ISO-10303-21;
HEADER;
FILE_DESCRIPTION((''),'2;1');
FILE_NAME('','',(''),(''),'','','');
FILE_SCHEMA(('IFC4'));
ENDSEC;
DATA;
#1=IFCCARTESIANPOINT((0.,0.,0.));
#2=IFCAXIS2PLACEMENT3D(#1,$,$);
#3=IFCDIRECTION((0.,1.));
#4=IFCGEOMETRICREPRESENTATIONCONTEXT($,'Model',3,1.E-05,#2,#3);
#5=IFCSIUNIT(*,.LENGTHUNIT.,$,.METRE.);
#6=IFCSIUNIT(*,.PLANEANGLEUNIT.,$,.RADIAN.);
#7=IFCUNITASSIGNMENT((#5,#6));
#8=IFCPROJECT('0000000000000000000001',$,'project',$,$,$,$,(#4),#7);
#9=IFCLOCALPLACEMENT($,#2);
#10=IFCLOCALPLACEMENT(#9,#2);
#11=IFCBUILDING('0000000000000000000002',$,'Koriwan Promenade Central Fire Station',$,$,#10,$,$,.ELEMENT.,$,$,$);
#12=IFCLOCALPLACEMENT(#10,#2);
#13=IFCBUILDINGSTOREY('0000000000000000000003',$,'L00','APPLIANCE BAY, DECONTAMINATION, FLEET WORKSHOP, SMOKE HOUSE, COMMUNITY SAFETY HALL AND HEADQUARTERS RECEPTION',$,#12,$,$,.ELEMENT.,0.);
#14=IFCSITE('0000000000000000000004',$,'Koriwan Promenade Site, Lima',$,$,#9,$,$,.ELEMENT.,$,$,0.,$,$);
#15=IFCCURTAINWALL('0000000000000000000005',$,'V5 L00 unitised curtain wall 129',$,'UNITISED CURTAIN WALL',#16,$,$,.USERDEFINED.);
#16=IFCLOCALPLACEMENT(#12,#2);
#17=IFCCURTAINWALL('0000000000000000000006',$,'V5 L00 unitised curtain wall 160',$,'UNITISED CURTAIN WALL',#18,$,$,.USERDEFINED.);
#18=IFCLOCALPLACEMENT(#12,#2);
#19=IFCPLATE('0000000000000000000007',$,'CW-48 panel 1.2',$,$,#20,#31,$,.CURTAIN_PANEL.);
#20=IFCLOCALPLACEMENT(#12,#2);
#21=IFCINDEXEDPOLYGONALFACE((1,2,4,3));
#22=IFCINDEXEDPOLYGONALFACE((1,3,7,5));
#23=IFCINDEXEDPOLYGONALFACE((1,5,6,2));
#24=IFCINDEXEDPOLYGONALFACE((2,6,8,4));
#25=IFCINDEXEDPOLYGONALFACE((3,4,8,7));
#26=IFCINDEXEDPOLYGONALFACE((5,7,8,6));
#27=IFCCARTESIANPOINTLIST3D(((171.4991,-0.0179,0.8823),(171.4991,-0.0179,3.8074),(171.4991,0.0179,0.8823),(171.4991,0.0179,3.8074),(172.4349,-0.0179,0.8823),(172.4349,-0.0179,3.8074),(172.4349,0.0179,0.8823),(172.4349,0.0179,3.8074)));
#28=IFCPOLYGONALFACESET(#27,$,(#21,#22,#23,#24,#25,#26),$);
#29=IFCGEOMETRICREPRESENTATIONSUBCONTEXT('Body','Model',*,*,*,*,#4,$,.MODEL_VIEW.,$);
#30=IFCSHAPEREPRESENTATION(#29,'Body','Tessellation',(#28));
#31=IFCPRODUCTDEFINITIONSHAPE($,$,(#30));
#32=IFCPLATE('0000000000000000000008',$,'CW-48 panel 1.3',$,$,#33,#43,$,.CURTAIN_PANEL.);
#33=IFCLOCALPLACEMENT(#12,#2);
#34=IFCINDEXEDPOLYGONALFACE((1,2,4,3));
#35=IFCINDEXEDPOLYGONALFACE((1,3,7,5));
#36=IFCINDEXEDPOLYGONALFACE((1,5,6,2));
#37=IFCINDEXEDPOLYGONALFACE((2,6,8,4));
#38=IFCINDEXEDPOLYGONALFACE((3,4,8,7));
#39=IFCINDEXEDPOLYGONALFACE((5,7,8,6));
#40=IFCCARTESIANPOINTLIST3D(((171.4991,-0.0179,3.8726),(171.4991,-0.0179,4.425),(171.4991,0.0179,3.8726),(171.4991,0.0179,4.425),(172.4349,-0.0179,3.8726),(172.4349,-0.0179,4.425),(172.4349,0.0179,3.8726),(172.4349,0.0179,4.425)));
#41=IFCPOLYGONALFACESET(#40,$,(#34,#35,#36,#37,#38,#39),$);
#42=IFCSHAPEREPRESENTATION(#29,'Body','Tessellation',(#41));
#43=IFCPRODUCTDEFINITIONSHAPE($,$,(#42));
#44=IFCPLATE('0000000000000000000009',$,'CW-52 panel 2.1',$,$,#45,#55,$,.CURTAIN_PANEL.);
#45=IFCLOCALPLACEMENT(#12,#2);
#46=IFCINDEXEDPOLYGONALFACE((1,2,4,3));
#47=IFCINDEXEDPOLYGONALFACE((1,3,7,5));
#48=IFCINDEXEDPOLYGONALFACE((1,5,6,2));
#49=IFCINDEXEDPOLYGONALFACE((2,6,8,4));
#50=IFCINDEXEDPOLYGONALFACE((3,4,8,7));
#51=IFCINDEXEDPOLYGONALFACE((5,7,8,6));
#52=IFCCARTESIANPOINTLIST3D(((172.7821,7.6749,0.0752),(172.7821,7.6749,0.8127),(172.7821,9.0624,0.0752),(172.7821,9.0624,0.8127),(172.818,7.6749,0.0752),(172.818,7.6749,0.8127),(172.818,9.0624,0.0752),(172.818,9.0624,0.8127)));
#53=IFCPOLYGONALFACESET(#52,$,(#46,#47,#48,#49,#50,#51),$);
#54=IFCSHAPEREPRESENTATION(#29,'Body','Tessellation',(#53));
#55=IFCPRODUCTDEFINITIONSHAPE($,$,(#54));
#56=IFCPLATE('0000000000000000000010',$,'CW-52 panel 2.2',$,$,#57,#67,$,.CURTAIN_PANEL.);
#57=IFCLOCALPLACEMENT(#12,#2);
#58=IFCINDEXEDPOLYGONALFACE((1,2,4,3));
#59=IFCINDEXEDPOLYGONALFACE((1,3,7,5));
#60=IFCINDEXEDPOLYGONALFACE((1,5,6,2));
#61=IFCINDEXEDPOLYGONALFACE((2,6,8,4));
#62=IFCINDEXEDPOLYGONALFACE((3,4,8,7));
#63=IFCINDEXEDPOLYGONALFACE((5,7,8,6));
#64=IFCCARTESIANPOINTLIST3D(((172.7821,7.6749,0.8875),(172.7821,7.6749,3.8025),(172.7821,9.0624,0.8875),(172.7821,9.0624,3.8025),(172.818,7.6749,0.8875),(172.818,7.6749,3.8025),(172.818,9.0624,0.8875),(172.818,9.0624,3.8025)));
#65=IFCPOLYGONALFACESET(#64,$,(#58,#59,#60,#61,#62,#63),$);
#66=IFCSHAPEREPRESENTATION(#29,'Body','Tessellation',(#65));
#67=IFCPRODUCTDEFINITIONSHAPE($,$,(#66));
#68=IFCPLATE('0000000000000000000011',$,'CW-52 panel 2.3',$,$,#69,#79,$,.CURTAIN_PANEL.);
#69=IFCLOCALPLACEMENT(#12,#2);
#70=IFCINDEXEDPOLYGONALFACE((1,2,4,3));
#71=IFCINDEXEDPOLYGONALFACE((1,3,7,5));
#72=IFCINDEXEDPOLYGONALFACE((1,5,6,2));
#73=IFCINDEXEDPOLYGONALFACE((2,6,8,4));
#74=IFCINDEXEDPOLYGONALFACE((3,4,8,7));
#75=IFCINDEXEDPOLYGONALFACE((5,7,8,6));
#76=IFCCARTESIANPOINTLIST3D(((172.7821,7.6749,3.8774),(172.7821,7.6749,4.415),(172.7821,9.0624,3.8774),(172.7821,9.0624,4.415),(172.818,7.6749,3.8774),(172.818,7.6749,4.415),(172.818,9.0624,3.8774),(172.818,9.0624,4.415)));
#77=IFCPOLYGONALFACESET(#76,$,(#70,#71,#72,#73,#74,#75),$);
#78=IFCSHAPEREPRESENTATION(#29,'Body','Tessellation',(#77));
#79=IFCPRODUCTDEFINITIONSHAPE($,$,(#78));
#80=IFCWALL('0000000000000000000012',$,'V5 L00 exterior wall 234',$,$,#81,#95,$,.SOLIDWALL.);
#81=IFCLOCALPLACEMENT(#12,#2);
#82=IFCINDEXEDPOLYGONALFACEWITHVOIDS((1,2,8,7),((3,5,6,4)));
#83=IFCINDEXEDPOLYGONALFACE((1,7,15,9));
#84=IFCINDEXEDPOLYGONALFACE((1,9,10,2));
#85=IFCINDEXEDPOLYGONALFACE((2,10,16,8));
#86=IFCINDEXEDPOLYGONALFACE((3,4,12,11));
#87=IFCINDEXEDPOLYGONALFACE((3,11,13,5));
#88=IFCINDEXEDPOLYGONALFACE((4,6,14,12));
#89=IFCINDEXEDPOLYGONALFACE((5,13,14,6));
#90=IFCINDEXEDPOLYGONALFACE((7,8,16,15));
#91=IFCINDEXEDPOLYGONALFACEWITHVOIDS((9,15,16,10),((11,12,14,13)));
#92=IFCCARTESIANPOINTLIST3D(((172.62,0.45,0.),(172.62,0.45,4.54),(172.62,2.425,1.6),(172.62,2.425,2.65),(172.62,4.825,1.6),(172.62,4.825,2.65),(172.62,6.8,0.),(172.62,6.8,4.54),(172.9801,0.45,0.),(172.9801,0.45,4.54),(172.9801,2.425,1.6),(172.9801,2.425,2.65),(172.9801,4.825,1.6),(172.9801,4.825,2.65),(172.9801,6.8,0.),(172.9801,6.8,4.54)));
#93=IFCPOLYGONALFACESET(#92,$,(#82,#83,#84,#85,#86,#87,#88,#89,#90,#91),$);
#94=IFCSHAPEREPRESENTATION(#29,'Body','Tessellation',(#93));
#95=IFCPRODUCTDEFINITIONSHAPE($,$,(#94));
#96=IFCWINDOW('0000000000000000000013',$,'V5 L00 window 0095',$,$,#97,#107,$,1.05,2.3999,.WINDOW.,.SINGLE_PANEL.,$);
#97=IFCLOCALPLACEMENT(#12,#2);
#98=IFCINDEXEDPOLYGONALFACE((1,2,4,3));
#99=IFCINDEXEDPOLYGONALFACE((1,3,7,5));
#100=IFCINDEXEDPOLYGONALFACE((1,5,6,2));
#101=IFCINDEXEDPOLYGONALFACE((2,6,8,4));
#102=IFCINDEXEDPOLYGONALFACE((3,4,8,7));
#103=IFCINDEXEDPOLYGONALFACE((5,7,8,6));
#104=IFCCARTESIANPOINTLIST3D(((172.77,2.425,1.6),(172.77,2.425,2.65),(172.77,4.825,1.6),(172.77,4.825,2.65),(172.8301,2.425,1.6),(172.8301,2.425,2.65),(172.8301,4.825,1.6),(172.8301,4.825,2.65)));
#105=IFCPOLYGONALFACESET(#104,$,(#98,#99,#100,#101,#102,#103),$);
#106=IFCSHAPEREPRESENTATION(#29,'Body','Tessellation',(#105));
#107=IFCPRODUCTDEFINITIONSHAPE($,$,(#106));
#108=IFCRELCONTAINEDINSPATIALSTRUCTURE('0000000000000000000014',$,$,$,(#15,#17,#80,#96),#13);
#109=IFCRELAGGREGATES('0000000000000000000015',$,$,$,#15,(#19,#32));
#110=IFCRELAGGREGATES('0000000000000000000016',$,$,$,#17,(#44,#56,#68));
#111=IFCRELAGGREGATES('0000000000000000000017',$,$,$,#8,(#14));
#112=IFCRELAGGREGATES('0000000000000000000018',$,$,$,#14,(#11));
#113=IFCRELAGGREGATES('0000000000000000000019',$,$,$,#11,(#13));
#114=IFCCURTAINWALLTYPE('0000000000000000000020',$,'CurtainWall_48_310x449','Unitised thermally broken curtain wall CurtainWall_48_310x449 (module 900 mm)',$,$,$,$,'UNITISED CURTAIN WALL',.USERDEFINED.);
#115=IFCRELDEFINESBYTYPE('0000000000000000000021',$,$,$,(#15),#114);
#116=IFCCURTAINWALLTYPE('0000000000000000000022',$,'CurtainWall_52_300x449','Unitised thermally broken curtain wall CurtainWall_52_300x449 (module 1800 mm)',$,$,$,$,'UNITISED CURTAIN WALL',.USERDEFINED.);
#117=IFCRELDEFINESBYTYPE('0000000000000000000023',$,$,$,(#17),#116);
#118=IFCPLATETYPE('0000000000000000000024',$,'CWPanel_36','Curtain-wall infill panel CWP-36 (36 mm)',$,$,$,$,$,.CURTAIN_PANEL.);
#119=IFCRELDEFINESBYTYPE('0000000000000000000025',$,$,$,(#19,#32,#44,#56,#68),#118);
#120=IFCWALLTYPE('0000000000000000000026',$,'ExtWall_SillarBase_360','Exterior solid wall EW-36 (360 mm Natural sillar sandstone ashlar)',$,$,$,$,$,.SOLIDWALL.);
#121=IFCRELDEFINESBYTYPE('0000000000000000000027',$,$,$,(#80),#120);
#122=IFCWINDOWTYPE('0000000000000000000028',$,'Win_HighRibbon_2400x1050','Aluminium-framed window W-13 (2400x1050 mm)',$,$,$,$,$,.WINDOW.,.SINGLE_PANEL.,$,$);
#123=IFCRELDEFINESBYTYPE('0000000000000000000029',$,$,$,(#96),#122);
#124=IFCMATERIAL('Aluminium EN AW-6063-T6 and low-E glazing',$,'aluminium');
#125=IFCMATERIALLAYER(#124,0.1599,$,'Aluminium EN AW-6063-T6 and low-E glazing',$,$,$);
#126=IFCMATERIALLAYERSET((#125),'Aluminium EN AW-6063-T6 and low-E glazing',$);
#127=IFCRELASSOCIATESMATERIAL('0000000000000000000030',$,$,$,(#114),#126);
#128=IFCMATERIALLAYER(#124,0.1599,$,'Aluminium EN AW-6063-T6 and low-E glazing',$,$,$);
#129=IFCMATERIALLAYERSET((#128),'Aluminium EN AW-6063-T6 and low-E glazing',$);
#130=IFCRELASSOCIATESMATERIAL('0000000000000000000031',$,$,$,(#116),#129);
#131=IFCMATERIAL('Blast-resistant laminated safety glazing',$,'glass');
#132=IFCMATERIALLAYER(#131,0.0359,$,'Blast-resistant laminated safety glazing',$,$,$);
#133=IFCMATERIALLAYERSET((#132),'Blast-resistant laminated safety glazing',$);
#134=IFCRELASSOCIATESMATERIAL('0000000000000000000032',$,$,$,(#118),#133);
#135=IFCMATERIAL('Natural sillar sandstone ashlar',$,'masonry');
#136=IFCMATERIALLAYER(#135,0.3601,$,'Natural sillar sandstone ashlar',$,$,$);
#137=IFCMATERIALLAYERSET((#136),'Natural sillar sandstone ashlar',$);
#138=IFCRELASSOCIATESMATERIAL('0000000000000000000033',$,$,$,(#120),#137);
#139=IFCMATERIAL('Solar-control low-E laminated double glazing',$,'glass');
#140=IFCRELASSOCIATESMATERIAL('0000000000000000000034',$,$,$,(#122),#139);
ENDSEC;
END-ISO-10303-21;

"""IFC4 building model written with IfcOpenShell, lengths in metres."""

from ifc_helpers import new_model, si_unit, direction, frame, frame_2d, origin, origin_2d, place, context, subcontext, project, spatial, rectangle, extrude, material, layer, layer_set, type_object, element, fill, aggregate, save


model = new_model("IFC4")

# Units and contexts
model_context = context("Model", 3, precision=1e-05, world=origin(), true_north=direction((0.0, 1.0)))
body_context = subcontext(model_context, "Body", "Model", "MODEL_VIEW")
ifc_project = project(units=[si_unit("LENGTHUNIT", "METRE"), si_unit("PLANEANGLEUNIT", "RADIAN")], contexts=[model_context])

# Site, building, storey
site_placement = place(None, origin())
site = spatial("IfcSite", under=ifc_project, at=site_placement, Name="Koriwan Promenade Site, Lima", CompositionType="ELEMENT", RefElevation=0.0)
building_placement = place(site_placement, origin())
building = spatial("IfcBuilding", under=site, at=building_placement, Name="Koriwan Promenade Central Fire Station", CompositionType="ELEMENT")
storey_placement = place(building_placement, origin())
storey = spatial("IfcBuildingStorey", under=building, at=storey_placement, Name="L00", Description="APPLIANCE BAY, DECONTAMINATION, FLEET WORKSHOP, SMOKE HOUSE, COMMUNITY SAFETY HALL AND HEADQUARTERS RECEPTION", CompositionType="ELEMENT", Elevation=0.0)

# Curtain wall
ifc_material_1 = material(Name="Aluminium EN AW-6063-T6 and low-E glazing", Category="aluminium")
ifc_layer_1 = layer(ifc_material_1, 0.1599, Name="Aluminium EN AW-6063-T6 and low-E glazing")
ifc_layer_set_1 = layer_set([ifc_layer_1], Name="Aluminium EN AW-6063-T6 and low-E glazing")
curtain_wall_type_1 = type_object("IfcCurtainWallType", Name="CurtainWall_48_310x449", Description="Unitised thermally broken curtain wall CurtainWall_48_310x449 (module 900 mm)", ElementType="UNITISED CURTAIN WALL", PredefinedType="USERDEFINED", material=ifc_layer_set_1)
curtain_wall_1_placement = place(storey_placement, origin())
curtain_wall_1 = element("IfcCurtainWall", 1, at=curtain_wall_1_placement, inside=storey, type_object=curtain_wall_type_1, Name="V5 L00 unitised curtain wall 129", ObjectType="UNITISED CURTAIN WALL", PredefinedType="USERDEFINED")

# Curtain wall
ifc_layer_2 = layer(ifc_material_1, 0.1599, Name="Aluminium EN AW-6063-T6 and low-E glazing")
ifc_layer_set_2 = layer_set([ifc_layer_2], Name="Aluminium EN AW-6063-T6 and low-E glazing")
curtain_wall_type_2 = type_object("IfcCurtainWallType", Name="CurtainWall_52_300x449", Description="Unitised thermally broken curtain wall CurtainWall_52_300x449 (module 1800 mm)", ElementType="UNITISED CURTAIN WALL", PredefinedType="USERDEFINED", material=ifc_layer_set_2)
curtain_wall_2_placement = place(storey_placement, origin())
curtain_wall_2 = element("IfcCurtainWall", 2, at=curtain_wall_2_placement, inside=storey, type_object=curtain_wall_type_2, Name="V5 L00 unitised curtain wall 160", ObjectType="UNITISED CURTAIN WALL", PredefinedType="USERDEFINED")

# Plates
ifc_material_2 = material(Name="Blast-resistant laminated safety glazing", Category="glass")
ifc_layer_3 = layer(ifc_material_2, 0.0359, Name="Blast-resistant laminated safety glazing")
ifc_layer_set_3 = layer_set([ifc_layer_3], Name="Blast-resistant laminated safety glazing")
plate_type = type_object("IfcPlateType", Name="CWPanel_36", Description="Curtain-wall infill panel CWP-36 (36 mm)", PredefinedType="CURTAIN_PANEL", material=ifc_layer_set_3)
plate_1_placement = place(storey_placement, frame((171.967, 0.0, 0.8823), z_axis=(0.0, 0.0, 1.0), x_axis=(-1.0, 0.0, 0.0)))
plate_1 = element("IfcPlate", 3, at=plate_1_placement, type_object=plate_type, Name="CW-48 panel 1.2", PredefinedType="CURTAIN_PANEL", context=body_context, shape_type="SweptSolid", body=[
    extrude(rectangle(XDim=0.9358, YDim=0.0359, at=origin_2d()), origin(), (0.0, 0.0, 1.0), 2.925),
])
plate_2_placement = place(storey_placement, frame((171.967, 0.0, 3.8726), z_axis=(0.0, 0.0, 1.0), x_axis=(-1.0, 0.0, 0.0)))
plate_2 = element("IfcPlate", 4, at=plate_2_placement, type_object=plate_type, Name="CW-48 panel 1.3", PredefinedType="CURTAIN_PANEL", context=body_context, shape_type="SweptSolid", body=[
    extrude(rectangle(XDim=0.9358, YDim=0.0359, at=origin_2d()), origin(), (0.0, 0.0, 1.0), 0.5525),
])
aggregate(curtain_wall_1, [plate_1, plate_2])
plate_3_placement = place(storey_placement, frame((172.8, 8.3687, 0.0752), z_axis=(0.0, 0.0, 1.0), x_axis=(0.0, -1.0, 0.0)))
plate_3 = element("IfcPlate", 5, at=plate_3_placement, type_object=plate_type, Name="CW-52 panel 2.1", PredefinedType="CURTAIN_PANEL", context=body_context, shape_type="SweptSolid", body=[
    extrude(rectangle(XDim=1.3875, YDim=0.0359, at=origin_2d()), origin(), (0.0, 0.0, 1.0), 0.7375),
])
plate_4_placement = place(storey_placement, frame((172.8, 8.3687, 0.8875), z_axis=(0.0, 0.0, 1.0), x_axis=(0.0, -1.0, 0.0)))
plate_4 = element("IfcPlate", 6, at=plate_4_placement, type_object=plate_type, Name="CW-52 panel 2.2", PredefinedType="CURTAIN_PANEL", context=body_context, shape_type="SweptSolid", body=[
    extrude(rectangle(XDim=1.3875, YDim=0.0359, at=origin_2d()), origin(), (0.0, 0.0, 1.0), 2.915),
])
plate_5_placement = place(storey_placement, frame((172.8, 8.3687, 3.8774), z_axis=(0.0, 0.0, 1.0), x_axis=(0.0, -1.0, 0.0)))
plate_5 = element("IfcPlate", 7, at=plate_5_placement, type_object=plate_type, Name="CW-52 panel 2.3", PredefinedType="CURTAIN_PANEL", context=body_context, shape_type="SweptSolid", body=[
    extrude(rectangle(XDim=1.3875, YDim=0.0359, at=origin_2d()), origin(), (0.0, 0.0, 1.0), 0.5376),
])
aggregate(curtain_wall_2, [plate_3, plate_4, plate_5])

# Wall, opening, window
ifc_material_3 = material(Name="Natural sillar sandstone ashlar", Category="masonry")
ifc_layer_4 = layer(ifc_material_3, 0.3601, Name="Natural sillar sandstone ashlar")
ifc_layer_set_4 = layer_set([ifc_layer_4], Name="Natural sillar sandstone ashlar")
wall_type = type_object("IfcWallType", Name="ExtWall_SillarBase_360", Description="Exterior solid wall EW-36 (360 mm Natural sillar sandstone ashlar)", PredefinedType="SOLIDWALL", material=ifc_layer_set_4)
wall_placement = place(storey_placement, frame((172.8, 6.8, 0.0), z_axis=(0.0, 0.0, 1.0), x_axis=(0.0, -1.0, 0.0)))
wall = element("IfcWall", 8, at=wall_placement, inside=storey, type_object=wall_type, Name="V5 L00 exterior wall 234", PredefinedType="SOLIDWALL", context=body_context, shape_type="SweptSolid", body=[
    extrude(rectangle(XDim=6.3501, YDim=0.3601, at=frame_2d((3.175, 0.0))), origin(), (0.0, 0.0, 1.0), 4.54),
])
opening_placement = place(wall_placement, frame((1.9751, 0.0, 1.6001)))
opening = element("IfcOpeningElement", 9, at=opening_placement, cuts=wall, PredefinedType="OPENING", context=body_context, shape_type="SweptSolid", body=[
    extrude(rectangle(XDim=2.3999, YDim=1.05, at=frame_2d((1.2, 0.5249))), frame((0.0, 0.1919, 0.0), z_axis=(0.0, -1.0, 0.0), x_axis=(1.0, 0.0, 0.0)), (0.0, 0.0, 1.0), 0.384),
])
ifc_material_4 = material(Name="Solar-control low-E laminated double glazing", Category="glass")
window_type = type_object("IfcWindowType", Name="Win_HighRibbon_2400x1050", Description="Aluminium-framed window W-13 (2400x1050 mm)", PartitioningType="SINGLE_PANEL", PredefinedType="WINDOW", material=ifc_material_4)
window_placement = place(opening_placement, origin())
window = element("IfcWindow", 10, at=window_placement, inside=storey, type_object=window_type, Name="V5 L00 window 0095", OverallHeight=1.05, OverallWidth=2.3999, PartitioningType="SINGLE_PANEL", PredefinedType="WINDOW", context=body_context, shape_type="SweptSolid", body=[
    extrude(rectangle(XDim=2.3999, YDim=1.05, at=frame_2d((1.2, 0.5249))), frame((0.0, 0.03, 0.0), z_axis=(0.0, -1.0, 0.0), x_axis=(1.0, 0.0, 0.0)), (0.0, 0.0, 1.0), 0.0601),
])
fill(opening, window)

save(model, "model.ifc")
